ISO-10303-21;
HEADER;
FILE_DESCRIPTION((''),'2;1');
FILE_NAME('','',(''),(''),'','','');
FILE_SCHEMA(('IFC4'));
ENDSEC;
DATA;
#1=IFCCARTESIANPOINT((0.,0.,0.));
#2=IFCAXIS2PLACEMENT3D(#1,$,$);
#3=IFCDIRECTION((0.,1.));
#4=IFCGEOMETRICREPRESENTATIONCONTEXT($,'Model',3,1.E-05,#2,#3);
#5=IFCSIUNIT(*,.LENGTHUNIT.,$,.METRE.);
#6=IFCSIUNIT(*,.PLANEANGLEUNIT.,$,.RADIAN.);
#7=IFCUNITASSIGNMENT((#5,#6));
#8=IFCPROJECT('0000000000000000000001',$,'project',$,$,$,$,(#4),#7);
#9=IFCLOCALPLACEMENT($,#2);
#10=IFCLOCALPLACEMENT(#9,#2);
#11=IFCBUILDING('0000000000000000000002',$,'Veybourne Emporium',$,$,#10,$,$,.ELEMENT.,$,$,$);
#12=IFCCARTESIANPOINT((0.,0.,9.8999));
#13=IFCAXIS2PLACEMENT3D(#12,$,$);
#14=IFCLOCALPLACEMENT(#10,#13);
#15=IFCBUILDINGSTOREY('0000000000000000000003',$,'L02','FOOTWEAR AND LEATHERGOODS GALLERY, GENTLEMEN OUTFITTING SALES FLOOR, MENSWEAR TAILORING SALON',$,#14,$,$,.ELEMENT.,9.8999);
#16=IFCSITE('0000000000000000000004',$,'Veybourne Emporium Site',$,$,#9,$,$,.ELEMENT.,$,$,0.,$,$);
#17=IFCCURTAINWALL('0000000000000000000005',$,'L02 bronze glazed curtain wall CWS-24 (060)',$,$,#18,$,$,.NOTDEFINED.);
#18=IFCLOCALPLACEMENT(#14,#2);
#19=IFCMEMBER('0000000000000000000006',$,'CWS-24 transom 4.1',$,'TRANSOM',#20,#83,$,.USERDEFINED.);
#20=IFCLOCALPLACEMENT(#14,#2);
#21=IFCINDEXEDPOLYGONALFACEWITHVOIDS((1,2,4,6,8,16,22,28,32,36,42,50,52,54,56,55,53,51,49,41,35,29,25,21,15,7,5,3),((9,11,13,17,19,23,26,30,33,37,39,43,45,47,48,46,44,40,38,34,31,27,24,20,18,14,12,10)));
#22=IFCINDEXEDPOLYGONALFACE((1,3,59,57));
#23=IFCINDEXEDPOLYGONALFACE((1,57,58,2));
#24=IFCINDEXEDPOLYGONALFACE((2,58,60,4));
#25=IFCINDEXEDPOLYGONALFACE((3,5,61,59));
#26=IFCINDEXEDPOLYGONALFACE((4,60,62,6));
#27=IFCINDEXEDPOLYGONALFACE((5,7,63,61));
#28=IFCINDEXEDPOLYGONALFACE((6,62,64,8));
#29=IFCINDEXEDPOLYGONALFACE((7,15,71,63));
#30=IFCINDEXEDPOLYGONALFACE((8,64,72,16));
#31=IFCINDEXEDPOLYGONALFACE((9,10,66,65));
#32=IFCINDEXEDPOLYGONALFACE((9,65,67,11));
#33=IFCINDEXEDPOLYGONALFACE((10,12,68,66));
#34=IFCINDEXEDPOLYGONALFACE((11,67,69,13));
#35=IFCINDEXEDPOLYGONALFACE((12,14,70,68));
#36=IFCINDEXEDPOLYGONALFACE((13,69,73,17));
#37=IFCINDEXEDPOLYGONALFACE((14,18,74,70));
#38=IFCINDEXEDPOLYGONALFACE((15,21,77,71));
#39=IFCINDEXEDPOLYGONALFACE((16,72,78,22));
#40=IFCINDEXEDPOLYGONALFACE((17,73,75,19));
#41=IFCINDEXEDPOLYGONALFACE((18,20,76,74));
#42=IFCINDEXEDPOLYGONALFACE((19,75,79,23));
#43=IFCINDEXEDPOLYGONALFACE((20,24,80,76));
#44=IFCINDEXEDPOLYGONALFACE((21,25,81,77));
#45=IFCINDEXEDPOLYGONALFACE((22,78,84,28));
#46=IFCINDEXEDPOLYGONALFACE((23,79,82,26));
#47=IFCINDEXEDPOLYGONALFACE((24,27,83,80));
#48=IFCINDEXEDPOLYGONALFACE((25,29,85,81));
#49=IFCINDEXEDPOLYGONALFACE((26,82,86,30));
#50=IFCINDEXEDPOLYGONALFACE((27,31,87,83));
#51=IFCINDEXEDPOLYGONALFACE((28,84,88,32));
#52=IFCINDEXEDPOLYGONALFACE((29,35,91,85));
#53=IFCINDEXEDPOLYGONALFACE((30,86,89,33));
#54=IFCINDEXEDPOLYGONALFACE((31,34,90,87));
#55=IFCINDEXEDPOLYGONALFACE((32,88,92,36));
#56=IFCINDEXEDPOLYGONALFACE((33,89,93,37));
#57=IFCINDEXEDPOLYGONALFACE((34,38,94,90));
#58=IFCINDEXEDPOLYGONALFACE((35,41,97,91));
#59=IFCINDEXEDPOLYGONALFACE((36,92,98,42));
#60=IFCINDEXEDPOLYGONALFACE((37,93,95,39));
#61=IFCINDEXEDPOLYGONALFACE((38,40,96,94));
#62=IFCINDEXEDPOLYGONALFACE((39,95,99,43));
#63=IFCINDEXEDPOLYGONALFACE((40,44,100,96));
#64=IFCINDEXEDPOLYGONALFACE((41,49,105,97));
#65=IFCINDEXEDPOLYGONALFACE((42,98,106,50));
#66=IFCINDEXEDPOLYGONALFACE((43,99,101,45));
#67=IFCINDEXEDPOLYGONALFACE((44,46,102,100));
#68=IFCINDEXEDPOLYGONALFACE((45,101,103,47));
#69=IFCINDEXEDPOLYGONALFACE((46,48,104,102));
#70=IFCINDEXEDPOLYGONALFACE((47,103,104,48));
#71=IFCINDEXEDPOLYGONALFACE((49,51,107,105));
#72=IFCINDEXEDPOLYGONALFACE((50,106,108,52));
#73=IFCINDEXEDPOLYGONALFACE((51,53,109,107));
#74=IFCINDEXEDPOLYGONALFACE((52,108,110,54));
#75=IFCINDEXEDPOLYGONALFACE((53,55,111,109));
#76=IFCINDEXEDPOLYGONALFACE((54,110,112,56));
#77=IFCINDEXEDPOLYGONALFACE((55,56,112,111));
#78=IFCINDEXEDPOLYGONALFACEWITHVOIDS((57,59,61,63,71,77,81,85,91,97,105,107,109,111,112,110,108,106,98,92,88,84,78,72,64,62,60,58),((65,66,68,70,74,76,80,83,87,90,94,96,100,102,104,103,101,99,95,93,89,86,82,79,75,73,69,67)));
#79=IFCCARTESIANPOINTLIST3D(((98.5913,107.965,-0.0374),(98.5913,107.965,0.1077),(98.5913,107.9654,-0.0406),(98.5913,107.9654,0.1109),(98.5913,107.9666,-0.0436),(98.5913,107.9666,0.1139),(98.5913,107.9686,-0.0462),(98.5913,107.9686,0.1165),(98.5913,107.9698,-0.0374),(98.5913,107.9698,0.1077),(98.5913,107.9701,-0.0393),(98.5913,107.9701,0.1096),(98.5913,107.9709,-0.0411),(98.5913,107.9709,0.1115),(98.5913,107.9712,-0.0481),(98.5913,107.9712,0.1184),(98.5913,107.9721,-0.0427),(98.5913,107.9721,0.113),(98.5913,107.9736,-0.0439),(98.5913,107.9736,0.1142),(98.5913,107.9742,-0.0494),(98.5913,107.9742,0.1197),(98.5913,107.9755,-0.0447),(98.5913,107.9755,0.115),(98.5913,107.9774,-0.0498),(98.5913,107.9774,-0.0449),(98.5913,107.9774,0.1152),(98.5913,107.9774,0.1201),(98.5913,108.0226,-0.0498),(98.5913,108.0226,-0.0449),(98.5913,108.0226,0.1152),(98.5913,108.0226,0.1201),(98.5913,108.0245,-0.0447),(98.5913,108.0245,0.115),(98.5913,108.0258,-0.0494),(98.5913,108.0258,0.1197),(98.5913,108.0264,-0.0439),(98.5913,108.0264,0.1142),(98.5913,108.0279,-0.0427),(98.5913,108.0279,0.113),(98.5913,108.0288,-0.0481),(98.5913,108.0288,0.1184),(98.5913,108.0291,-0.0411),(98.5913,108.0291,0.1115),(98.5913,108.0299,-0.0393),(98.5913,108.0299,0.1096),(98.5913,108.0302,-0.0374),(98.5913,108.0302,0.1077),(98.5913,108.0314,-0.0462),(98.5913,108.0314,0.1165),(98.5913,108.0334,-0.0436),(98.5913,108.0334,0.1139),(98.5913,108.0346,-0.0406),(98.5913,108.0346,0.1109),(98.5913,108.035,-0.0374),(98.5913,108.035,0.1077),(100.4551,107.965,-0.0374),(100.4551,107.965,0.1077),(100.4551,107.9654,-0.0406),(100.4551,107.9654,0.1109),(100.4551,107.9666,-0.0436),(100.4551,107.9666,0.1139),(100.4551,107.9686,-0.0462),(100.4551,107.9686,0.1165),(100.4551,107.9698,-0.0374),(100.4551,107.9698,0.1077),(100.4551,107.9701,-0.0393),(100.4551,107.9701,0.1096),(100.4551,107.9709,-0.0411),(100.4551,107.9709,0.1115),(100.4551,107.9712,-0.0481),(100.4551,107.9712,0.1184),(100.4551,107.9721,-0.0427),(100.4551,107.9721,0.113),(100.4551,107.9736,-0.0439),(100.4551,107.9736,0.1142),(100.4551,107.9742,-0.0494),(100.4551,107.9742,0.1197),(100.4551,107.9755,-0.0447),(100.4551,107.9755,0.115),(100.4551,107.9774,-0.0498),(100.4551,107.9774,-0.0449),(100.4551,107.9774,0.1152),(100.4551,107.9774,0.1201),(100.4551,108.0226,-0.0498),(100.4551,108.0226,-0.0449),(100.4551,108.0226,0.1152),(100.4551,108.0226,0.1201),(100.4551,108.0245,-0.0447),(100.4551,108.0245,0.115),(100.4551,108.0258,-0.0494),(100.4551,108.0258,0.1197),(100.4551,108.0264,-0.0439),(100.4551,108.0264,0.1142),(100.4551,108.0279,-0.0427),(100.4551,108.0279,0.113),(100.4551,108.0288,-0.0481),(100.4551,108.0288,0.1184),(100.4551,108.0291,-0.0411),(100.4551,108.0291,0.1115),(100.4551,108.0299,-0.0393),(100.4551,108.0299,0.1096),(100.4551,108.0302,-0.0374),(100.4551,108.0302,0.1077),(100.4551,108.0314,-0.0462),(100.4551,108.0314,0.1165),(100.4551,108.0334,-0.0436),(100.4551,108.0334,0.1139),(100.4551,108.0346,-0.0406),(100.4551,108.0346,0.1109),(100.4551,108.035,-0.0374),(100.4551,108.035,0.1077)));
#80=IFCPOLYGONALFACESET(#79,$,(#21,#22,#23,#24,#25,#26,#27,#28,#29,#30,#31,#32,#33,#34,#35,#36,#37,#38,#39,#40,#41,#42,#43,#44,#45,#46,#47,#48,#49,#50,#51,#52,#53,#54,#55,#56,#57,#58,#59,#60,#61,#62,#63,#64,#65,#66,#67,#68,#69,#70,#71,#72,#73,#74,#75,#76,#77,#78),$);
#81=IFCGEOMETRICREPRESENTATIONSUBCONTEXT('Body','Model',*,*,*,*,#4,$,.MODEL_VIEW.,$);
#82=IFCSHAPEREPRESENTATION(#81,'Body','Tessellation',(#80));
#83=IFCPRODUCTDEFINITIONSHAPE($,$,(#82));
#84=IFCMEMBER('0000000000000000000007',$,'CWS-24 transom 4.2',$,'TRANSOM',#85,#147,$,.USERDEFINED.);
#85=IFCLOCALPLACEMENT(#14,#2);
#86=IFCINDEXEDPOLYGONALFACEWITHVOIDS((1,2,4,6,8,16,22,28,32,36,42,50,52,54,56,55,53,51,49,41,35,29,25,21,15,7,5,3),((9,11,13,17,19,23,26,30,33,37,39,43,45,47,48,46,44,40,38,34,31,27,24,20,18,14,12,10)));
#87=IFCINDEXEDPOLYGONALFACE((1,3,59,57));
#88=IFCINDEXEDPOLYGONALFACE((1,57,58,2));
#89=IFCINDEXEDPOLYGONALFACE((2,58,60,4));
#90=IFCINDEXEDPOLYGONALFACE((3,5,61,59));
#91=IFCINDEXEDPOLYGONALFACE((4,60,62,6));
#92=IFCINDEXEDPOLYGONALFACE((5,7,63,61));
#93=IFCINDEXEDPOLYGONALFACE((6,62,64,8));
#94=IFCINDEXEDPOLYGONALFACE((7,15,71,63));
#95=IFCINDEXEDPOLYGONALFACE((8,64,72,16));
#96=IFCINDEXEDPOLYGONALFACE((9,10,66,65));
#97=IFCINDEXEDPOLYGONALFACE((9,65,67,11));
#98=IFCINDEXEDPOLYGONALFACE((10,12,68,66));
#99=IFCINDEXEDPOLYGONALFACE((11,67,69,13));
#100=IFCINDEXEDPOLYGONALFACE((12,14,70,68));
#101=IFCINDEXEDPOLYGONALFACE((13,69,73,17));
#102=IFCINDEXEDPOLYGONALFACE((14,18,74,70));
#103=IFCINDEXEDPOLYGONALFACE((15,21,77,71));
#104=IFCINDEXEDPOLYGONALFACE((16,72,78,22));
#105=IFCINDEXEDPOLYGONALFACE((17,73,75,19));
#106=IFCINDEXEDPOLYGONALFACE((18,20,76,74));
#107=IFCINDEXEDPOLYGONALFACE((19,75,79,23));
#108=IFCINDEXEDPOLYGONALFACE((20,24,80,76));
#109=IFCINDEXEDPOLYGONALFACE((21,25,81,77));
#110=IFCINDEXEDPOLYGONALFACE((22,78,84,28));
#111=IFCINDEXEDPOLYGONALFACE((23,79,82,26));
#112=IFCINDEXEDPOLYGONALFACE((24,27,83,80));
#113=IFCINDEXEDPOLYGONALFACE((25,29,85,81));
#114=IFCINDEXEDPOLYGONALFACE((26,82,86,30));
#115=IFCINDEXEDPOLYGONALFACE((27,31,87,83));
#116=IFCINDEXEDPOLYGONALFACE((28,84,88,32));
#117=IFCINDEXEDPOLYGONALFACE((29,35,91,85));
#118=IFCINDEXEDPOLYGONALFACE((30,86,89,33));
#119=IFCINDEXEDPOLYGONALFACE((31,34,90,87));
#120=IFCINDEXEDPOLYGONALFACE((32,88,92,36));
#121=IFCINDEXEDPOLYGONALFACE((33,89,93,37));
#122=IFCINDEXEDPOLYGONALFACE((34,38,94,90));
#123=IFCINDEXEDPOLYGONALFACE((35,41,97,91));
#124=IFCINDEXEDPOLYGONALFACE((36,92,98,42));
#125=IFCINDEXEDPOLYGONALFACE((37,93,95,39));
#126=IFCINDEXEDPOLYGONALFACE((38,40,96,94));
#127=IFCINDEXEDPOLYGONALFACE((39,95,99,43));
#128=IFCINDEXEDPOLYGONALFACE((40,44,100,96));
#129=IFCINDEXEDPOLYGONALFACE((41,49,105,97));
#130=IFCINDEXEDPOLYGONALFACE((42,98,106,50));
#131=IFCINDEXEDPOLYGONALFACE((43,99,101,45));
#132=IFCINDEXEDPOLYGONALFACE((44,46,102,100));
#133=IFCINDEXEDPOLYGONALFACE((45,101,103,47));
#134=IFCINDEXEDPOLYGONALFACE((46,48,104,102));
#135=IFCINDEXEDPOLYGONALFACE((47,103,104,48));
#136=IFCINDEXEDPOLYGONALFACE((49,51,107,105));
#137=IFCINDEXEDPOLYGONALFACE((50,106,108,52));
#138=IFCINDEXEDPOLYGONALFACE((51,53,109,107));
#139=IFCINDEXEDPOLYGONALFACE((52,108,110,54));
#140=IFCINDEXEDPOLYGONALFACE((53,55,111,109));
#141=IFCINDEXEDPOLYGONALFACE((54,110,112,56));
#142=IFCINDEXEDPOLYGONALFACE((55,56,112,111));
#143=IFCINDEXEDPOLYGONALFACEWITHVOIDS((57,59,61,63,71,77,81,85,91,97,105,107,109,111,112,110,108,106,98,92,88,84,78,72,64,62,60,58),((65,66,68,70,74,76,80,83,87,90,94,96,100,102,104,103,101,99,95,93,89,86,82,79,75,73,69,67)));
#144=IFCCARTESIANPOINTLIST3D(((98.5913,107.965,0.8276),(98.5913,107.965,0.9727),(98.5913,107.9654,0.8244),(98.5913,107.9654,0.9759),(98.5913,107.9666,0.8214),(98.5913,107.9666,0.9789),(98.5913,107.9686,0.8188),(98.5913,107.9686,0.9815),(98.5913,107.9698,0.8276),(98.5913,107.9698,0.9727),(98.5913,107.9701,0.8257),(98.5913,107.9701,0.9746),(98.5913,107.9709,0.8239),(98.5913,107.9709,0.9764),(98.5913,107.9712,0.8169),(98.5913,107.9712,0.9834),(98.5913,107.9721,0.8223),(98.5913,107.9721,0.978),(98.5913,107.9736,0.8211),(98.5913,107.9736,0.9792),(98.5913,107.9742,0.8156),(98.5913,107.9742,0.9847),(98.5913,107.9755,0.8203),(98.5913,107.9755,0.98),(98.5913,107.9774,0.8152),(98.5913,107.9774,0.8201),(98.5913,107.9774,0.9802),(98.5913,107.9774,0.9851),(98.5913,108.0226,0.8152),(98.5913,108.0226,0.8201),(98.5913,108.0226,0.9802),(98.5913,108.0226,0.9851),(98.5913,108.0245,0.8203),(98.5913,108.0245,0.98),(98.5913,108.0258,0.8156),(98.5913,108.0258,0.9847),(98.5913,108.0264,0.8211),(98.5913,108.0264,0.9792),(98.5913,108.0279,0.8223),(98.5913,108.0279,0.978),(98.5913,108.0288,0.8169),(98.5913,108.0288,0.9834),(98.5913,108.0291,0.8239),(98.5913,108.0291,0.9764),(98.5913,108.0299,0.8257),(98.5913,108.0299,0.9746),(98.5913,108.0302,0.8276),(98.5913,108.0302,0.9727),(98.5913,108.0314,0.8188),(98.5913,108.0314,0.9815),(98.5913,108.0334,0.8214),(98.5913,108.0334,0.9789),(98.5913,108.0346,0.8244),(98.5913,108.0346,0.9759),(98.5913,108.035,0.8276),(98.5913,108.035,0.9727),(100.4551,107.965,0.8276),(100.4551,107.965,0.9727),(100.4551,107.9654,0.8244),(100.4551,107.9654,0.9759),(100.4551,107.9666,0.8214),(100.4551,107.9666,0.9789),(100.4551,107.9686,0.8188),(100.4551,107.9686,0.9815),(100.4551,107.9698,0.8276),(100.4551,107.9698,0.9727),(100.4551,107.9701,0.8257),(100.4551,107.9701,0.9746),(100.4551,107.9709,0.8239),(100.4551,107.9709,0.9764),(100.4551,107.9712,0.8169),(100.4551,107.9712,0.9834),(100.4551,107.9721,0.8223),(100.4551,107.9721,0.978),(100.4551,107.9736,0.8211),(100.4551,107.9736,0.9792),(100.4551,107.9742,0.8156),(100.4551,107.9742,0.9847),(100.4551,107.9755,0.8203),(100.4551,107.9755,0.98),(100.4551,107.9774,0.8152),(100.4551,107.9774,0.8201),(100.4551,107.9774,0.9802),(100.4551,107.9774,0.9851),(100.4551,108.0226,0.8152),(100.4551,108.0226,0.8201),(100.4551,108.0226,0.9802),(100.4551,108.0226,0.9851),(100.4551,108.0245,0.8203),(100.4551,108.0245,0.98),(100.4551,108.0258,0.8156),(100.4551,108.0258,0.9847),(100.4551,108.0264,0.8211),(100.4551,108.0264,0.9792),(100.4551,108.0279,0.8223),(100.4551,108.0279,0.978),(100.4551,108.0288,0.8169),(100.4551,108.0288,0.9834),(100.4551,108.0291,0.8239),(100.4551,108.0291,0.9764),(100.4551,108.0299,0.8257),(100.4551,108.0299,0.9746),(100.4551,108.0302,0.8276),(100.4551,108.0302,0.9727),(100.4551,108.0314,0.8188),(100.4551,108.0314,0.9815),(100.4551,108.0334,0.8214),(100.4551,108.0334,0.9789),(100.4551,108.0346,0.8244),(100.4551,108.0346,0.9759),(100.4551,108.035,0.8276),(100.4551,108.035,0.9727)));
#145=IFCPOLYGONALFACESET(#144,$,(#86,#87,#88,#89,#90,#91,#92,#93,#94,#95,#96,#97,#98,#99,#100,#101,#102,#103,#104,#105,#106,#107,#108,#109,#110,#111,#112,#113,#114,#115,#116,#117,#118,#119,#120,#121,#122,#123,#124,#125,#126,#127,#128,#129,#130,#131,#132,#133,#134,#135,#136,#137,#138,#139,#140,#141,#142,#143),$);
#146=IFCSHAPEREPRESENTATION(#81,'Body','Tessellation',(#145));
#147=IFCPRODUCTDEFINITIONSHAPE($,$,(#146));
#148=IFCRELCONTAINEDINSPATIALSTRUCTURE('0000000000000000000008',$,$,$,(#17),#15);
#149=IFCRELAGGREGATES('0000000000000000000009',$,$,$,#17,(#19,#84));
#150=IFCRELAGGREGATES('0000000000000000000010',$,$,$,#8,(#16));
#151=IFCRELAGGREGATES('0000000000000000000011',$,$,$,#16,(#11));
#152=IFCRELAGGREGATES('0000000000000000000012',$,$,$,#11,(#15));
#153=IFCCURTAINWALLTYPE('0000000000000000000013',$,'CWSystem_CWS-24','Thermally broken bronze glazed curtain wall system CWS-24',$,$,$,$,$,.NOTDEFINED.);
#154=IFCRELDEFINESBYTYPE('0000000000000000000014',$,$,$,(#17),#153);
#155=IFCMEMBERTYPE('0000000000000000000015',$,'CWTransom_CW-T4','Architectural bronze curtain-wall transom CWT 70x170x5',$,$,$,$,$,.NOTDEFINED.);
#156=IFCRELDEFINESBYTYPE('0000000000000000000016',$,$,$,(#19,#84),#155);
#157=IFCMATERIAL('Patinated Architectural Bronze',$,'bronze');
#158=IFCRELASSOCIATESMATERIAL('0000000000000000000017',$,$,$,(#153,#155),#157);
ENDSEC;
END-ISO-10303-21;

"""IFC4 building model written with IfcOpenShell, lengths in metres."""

from ifc_helpers import new_model, si_unit, direction, frame, origin, origin_2d, place, context, subcontext, project, spatial, hollow_rectangle, extrude, material, material_profile, profile_set, type_object, element, aggregate, save


model = new_model("IFC4")

# Units and contexts
model_context = context("Model", 3, precision=1e-05, world=origin(), true_north=direction((0.0, 1.0)))
body_context = subcontext(model_context, "Body", "Model", "MODEL_VIEW")
ifc_project = project(units=[si_unit("LENGTHUNIT", "METRE"), si_unit("PLANEANGLEUNIT", "RADIAN")], contexts=[model_context])

# Site, building, storey
site_placement = place(None, origin())
site = spatial("IfcSite", under=ifc_project, at=site_placement, Name="Veybourne Emporium Site", CompositionType="ELEMENT", RefElevation=0.0)
building_placement = place(site_placement, origin())
building = spatial("IfcBuilding", under=site, at=building_placement, Name="Veybourne Emporium", CompositionType="ELEMENT")
storey_placement = place(building_placement, frame((0.0, 0.0, 9.8999)))
storey = spatial("IfcBuildingStorey", under=building, at=storey_placement, Name="L02", Description="FOOTWEAR AND LEATHERGOODS GALLERY, GENTLEMEN OUTFITTING SALES FLOOR, MENSWEAR TAILORING SALON", CompositionType="ELEMENT", Elevation=9.8999)

# Curtain wall, members
ifc_material_1 = material(Name="Patinated Architectural Bronze", Category="bronze")
curtain_wall_type = type_object("IfcCurtainWallType", Name="CWSystem_CWS-24", Description="Thermally broken bronze glazed curtain wall system CWS-24", PredefinedType="NOTDEFINED", material=ifc_material_1)
curtain_wall_placement = place(storey_placement, origin())
curtain_wall = element("IfcCurtainWall", 1, at=curtain_wall_placement, inside=storey, type_object=curtain_wall_type, Name="L02 bronze glazed curtain wall CWS-24 (060)", PredefinedType="NOTDEFINED")
ifc_material_profile_1 = material_profile(ifc_material_1, hollow_rectangle(XDim=0.0701, YDim=0.1699, WallThickness=0.0049, InnerFilletRadius=0.0076, OuterFilletRadius=0.0125, at=origin_2d()), Name="CWT 70x170x5")
ifc_profile_set_1 = profile_set([ifc_material_profile_1], Name="Patinated Architectural Bronze")
member_type_1 = type_object("IfcMemberType", Name="CWTransom_CW-T4", Description="Architectural bronze curtain-wall transom CWT 70x170x5", PredefinedType="NOTDEFINED", material=ifc_profile_set_1)
member_1_placement = place(storey_placement, frame((98.5913, 108.0, 0.0352), z_axis=(1.0, 0.0, 0.0), x_axis=(0.0, 1.0, 0.0)))
member_1 = element("IfcMember", 2, at=member_1_placement, type_object=member_type_1, Name="CWS-24 transom 4.1", ObjectType="TRANSOM", PredefinedType="USERDEFINED", context=body_context, shape_type="SweptSolid", body=[
    extrude(hollow_rectangle(XDim=0.0701, YDim=0.1699, WallThickness=0.0049, InnerFilletRadius=0.0076, OuterFilletRadius=0.0125, at=origin_2d()), origin(), (0.0, 0.0, 1.0), 1.8638),
])
member_2_placement = place(storey_placement, frame((98.5913, 108.0, 0.9001), z_axis=(1.0, 0.0, 0.0), x_axis=(0.0, 1.0, 0.0)))
member_2 = element("IfcMember", 3, at=member_2_placement, type_object=member_type_1, Name="CWS-24 transom 4.2", ObjectType="TRANSOM", PredefinedType="USERDEFINED", context=body_context, shape_type="SweptSolid", body=[
    extrude(hollow_rectangle(XDim=0.0701, YDim=0.1699, WallThickness=0.0049, InnerFilletRadius=0.0076, OuterFilletRadius=0.0125, at=origin_2d()), origin(), (0.0, 0.0, 1.0), 1.8638),
])
aggregate(curtain_wall, [member_1, member_2])

save(model, "model.ifc")
